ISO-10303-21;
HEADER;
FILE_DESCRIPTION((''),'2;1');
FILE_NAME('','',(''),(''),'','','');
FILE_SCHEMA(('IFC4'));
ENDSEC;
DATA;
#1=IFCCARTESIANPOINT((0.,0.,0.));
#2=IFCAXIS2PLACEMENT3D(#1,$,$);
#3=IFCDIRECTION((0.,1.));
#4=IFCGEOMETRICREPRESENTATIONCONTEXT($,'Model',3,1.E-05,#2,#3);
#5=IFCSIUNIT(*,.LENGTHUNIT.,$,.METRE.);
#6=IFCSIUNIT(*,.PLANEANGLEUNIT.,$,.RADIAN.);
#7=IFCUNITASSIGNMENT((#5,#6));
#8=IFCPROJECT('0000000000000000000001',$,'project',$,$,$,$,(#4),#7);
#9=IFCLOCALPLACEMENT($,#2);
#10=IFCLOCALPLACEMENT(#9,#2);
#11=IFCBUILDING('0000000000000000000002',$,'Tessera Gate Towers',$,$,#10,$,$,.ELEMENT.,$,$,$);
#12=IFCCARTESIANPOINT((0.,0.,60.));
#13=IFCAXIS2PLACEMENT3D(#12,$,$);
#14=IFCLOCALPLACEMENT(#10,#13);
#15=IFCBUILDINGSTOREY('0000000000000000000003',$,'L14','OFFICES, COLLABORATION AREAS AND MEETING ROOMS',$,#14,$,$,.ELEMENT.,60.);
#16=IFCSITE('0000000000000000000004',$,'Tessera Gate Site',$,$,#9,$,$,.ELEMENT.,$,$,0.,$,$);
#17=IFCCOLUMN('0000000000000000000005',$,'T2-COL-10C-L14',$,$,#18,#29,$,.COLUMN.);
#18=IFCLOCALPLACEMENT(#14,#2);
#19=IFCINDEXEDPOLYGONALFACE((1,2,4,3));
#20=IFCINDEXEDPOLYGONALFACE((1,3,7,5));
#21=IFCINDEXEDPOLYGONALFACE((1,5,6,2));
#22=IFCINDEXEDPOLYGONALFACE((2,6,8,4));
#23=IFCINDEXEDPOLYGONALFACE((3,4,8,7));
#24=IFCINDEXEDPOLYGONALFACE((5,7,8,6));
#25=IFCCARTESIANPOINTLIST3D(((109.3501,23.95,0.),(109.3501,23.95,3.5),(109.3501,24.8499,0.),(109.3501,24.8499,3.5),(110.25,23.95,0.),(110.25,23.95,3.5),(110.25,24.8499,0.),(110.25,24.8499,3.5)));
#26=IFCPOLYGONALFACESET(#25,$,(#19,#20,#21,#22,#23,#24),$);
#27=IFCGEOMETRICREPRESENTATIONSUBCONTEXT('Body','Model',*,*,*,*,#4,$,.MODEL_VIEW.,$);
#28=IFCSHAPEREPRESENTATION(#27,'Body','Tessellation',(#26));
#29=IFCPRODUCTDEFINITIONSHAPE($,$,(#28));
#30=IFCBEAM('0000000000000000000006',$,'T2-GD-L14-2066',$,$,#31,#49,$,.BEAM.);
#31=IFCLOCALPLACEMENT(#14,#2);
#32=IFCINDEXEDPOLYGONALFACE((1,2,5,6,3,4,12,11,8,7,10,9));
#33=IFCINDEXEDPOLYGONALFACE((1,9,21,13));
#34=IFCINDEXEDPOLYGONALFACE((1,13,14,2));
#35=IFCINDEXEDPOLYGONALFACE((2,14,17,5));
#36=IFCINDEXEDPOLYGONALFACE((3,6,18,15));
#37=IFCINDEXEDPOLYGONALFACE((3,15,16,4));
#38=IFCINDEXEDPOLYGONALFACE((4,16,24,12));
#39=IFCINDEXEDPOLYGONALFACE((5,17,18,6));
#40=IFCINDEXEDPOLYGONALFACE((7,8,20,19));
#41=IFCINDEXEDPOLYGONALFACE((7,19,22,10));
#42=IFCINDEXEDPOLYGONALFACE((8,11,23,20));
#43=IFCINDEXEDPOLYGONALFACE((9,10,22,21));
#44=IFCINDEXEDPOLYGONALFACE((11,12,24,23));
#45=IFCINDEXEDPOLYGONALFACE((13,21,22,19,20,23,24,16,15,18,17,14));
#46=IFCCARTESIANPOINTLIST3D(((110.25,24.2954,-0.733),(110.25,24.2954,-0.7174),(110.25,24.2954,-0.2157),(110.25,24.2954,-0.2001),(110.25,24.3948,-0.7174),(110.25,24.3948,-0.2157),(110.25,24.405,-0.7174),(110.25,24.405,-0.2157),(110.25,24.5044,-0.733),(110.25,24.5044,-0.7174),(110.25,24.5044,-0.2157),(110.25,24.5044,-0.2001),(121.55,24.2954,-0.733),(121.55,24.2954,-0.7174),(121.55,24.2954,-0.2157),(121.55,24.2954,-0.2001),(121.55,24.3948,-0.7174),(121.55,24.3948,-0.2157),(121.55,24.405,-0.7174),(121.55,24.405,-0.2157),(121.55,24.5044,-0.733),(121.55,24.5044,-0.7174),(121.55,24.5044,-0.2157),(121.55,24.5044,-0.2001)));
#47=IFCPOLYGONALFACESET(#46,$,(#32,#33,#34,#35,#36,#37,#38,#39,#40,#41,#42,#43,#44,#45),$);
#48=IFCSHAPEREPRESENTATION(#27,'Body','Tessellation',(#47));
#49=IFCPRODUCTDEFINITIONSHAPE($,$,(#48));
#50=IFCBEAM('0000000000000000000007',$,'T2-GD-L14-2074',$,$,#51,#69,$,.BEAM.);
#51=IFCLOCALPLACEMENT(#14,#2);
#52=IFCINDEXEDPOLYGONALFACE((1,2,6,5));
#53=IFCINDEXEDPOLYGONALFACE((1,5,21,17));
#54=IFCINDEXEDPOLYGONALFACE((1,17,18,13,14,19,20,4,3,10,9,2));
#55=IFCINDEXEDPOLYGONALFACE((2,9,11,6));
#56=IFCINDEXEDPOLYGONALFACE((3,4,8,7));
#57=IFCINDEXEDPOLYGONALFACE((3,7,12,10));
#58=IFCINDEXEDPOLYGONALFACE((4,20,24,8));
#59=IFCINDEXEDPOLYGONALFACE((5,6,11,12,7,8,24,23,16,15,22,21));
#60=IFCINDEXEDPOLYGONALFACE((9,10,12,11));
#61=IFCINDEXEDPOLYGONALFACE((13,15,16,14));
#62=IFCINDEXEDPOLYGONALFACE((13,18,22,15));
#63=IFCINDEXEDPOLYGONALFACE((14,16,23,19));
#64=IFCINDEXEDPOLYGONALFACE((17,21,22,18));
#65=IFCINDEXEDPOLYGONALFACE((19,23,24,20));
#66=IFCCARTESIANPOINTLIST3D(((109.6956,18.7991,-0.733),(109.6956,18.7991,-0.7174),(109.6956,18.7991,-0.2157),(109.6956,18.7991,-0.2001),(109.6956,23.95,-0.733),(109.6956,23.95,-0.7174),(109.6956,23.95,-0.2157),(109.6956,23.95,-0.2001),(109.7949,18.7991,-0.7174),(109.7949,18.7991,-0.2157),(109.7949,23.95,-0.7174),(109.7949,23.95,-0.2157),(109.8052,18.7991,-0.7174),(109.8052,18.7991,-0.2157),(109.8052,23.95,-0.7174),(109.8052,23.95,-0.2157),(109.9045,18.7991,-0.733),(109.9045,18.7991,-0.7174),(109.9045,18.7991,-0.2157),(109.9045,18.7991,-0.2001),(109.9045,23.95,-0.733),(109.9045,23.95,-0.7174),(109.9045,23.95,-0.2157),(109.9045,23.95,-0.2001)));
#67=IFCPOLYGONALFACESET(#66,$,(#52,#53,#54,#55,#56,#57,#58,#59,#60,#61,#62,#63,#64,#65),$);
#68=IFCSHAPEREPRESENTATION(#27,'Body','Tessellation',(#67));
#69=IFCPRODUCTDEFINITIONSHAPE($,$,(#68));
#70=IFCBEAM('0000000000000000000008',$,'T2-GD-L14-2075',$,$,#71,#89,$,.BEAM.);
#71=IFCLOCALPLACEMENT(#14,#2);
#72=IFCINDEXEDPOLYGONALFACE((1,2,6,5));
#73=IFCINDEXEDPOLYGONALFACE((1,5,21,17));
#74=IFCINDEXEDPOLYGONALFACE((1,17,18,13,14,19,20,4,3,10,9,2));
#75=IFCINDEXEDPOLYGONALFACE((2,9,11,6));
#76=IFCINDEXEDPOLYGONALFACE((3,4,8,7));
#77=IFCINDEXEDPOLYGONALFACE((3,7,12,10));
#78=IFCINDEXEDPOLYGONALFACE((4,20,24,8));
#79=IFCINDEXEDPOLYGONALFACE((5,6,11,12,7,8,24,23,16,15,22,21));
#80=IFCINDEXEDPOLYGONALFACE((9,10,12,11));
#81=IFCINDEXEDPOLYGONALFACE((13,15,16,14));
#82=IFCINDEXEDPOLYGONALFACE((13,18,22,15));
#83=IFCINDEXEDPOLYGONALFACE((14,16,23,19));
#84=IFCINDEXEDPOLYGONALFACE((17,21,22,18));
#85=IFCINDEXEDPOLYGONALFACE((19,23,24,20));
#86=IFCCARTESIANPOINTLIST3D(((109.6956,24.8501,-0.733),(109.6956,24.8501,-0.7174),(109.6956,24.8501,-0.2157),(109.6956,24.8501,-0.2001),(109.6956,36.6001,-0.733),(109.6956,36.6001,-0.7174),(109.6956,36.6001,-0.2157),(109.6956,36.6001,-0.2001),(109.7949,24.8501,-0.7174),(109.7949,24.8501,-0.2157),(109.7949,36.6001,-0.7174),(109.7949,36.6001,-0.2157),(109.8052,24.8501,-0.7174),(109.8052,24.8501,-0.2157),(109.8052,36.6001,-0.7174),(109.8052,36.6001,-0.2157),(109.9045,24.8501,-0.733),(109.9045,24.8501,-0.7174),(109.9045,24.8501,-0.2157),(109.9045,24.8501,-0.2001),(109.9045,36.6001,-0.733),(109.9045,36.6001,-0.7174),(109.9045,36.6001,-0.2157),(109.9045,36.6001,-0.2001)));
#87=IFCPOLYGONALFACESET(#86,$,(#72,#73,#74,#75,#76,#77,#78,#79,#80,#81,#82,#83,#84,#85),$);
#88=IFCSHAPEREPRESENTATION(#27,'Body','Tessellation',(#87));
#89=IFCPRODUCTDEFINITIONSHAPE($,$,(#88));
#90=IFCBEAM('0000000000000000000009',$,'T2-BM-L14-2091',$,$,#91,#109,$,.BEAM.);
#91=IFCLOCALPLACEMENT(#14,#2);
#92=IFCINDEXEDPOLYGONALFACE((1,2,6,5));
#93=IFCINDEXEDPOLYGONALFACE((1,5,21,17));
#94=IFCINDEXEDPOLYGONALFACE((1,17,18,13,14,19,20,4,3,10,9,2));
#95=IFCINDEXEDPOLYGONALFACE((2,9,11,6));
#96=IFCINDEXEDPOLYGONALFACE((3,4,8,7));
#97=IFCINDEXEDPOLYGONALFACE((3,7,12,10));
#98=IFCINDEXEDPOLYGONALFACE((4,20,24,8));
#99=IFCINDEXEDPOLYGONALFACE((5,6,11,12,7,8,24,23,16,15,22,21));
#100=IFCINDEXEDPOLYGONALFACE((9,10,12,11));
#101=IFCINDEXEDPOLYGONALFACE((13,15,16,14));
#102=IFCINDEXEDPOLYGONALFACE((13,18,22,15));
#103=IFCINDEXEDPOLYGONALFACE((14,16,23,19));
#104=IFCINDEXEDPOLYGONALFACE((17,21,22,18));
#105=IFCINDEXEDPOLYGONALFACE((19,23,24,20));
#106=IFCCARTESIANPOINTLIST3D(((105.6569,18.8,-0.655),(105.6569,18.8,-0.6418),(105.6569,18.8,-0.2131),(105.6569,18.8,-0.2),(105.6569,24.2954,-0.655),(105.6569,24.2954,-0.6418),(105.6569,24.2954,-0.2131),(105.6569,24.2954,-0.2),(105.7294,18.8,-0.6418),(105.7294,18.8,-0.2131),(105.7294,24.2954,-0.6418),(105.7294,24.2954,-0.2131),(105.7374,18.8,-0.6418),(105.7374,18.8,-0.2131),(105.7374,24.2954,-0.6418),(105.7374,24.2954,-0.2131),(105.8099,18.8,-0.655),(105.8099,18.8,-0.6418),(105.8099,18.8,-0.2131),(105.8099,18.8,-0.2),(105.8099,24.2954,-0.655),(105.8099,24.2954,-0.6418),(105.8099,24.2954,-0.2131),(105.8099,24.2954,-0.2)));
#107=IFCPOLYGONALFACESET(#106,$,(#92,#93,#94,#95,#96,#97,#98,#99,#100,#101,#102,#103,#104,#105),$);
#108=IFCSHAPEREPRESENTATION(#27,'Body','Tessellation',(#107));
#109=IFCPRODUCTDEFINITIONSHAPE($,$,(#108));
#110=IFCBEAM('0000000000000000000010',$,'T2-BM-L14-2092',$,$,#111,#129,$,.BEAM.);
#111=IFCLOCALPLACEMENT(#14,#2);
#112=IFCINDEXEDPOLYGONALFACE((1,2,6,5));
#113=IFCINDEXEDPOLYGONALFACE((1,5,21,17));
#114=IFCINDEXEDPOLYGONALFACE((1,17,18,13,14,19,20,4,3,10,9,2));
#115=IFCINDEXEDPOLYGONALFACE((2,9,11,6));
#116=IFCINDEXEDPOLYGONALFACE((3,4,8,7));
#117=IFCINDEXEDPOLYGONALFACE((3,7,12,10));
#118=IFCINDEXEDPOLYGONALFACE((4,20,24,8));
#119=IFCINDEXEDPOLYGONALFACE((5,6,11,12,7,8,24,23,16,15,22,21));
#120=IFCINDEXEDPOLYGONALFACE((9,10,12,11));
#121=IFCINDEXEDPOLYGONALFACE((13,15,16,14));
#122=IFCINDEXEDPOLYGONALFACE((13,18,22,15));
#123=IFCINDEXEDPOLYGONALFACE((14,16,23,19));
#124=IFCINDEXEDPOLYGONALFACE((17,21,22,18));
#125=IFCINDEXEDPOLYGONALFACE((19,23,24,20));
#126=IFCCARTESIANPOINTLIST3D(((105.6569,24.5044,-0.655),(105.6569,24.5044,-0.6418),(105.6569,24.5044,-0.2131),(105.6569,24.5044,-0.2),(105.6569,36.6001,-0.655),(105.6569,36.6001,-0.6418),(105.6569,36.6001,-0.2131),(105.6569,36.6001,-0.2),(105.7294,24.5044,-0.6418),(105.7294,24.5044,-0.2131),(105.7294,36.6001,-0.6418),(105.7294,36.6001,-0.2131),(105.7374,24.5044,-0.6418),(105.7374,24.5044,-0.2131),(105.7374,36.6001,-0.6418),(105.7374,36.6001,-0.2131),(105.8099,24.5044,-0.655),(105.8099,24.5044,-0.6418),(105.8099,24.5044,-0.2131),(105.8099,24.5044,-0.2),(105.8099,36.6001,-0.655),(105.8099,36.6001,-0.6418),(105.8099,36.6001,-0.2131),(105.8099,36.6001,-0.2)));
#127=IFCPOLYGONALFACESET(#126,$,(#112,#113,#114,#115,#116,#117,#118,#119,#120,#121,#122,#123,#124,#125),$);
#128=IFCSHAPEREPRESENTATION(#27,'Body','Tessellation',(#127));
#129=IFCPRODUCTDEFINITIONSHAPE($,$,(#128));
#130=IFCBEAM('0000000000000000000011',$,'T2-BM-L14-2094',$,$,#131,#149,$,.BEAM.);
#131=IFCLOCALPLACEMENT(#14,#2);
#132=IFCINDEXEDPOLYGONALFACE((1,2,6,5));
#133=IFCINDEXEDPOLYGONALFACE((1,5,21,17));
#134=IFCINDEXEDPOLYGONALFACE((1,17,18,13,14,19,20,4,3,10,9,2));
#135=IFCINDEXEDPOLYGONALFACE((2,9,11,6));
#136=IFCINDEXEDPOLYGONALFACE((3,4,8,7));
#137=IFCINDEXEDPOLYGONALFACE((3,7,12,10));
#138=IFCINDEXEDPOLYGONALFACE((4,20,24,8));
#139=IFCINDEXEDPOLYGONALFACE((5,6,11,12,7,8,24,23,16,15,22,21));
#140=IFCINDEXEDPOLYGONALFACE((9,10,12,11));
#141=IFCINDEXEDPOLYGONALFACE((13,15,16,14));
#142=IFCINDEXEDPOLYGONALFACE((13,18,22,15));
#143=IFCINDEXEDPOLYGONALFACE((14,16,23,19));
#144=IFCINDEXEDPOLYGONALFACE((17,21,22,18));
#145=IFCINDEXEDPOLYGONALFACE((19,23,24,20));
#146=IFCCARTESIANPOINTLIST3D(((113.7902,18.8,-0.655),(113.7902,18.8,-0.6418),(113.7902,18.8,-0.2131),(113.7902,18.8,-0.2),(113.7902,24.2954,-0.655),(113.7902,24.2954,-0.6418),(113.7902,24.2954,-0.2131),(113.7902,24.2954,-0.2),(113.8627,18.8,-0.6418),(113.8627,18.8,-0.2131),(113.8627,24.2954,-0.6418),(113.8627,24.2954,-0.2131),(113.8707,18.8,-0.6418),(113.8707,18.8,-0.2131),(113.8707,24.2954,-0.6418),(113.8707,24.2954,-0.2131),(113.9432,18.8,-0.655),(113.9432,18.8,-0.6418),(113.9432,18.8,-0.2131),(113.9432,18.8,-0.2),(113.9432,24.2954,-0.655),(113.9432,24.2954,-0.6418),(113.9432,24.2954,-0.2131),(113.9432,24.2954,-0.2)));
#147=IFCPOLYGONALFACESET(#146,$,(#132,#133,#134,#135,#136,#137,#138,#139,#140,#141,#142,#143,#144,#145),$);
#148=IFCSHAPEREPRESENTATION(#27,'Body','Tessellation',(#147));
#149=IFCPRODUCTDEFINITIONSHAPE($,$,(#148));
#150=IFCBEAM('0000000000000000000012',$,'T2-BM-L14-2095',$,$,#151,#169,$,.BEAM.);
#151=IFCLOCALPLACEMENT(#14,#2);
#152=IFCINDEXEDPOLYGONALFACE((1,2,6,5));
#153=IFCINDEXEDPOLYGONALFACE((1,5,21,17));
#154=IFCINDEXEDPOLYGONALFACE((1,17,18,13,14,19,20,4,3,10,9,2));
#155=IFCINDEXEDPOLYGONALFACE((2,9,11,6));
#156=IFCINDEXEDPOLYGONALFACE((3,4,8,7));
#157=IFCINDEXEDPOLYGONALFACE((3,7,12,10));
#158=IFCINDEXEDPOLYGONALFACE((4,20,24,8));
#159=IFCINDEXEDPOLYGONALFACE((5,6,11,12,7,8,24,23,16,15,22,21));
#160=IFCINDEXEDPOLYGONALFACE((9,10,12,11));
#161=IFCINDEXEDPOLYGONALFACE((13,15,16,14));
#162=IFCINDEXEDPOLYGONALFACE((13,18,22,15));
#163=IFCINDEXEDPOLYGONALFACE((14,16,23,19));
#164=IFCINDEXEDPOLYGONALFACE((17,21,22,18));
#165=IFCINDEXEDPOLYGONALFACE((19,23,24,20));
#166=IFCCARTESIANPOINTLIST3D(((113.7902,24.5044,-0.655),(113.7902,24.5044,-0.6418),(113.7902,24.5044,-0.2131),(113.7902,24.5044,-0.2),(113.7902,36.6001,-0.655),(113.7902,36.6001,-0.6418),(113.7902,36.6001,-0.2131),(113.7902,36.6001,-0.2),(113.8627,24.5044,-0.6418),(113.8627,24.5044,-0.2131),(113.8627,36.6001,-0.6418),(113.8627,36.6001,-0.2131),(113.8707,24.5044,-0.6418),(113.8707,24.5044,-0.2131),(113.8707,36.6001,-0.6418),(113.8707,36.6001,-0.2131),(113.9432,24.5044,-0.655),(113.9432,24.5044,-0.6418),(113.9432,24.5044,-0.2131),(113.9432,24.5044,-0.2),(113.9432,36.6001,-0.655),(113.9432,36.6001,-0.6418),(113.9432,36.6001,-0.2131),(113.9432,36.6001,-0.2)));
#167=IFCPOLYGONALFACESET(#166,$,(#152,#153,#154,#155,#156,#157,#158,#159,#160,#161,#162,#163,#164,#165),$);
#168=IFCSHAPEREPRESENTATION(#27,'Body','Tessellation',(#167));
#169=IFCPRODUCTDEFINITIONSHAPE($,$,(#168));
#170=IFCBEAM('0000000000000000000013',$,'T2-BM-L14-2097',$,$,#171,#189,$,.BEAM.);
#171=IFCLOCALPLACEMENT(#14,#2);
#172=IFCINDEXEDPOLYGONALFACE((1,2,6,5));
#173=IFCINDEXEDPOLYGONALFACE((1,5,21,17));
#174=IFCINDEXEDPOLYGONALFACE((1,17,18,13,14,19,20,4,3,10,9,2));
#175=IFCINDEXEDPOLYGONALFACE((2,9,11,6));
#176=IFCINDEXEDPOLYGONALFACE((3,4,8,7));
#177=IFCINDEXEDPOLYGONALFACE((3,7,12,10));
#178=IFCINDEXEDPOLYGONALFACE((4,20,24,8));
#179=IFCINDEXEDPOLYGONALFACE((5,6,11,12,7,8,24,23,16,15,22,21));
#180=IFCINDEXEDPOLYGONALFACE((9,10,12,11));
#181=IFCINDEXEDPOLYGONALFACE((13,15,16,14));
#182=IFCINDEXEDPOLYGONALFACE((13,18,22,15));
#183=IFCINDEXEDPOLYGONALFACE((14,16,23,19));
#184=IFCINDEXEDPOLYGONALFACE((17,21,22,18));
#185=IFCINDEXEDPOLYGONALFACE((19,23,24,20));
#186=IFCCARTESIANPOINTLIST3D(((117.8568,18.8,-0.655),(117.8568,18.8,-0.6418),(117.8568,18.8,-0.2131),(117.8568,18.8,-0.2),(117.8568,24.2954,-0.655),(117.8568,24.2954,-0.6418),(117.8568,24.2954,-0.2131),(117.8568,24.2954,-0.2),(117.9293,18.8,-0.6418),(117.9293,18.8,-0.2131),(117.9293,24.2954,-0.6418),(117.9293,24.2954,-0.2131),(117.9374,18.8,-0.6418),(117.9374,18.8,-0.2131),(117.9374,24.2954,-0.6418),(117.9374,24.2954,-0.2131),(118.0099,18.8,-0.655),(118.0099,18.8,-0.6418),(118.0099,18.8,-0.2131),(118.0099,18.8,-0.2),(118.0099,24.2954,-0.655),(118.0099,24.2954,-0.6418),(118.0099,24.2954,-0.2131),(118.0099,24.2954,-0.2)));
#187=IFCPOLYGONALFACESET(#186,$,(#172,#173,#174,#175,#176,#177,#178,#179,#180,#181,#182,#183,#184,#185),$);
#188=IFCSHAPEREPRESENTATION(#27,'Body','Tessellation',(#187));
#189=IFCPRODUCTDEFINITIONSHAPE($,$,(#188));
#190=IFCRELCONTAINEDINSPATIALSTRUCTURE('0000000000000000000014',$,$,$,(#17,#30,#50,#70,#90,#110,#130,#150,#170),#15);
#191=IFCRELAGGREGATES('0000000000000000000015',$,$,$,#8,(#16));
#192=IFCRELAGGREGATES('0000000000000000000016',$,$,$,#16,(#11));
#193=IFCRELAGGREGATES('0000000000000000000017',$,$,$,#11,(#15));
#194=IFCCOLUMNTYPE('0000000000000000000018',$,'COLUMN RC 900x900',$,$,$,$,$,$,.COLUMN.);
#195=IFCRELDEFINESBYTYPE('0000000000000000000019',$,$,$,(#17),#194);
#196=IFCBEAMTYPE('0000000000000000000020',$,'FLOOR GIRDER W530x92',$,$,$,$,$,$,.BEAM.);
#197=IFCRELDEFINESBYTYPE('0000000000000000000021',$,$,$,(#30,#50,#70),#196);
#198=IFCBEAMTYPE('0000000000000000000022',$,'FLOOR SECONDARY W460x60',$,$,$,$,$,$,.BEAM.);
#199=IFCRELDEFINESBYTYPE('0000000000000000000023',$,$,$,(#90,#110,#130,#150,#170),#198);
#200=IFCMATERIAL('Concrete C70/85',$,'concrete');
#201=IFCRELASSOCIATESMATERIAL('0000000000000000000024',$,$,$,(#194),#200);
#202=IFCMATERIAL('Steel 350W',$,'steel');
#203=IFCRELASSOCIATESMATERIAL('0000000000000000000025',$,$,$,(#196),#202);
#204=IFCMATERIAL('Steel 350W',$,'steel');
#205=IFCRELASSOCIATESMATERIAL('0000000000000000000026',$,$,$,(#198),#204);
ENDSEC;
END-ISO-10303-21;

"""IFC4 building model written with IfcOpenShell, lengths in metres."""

from ifc_helpers import new_model, si_unit, direction, frame, origin, origin_2d, place, context, subcontext, project, spatial, rectangle, i_section, extrude, material, material_profile, profile_set, type_object, element, save


model = new_model("IFC4")

# Units and contexts
model_context = context("Model", 3, precision=1e-05, world=origin(), true_north=direction((0.0, 1.0)))
body_context = subcontext(model_context, "Body", "Model", "MODEL_VIEW")
ifc_project = project(units=[si_unit("LENGTHUNIT", "METRE"), si_unit("PLANEANGLEUNIT", "RADIAN")], contexts=[model_context])

# Site, building, storey
site_placement = place(None, origin())
site = spatial("IfcSite", under=ifc_project, at=site_placement, Name="Tessera Gate Site", CompositionType="ELEMENT", RefElevation=0.0)
building_placement = place(site_placement, origin())
building = spatial("IfcBuilding", under=site, at=building_placement, Name="Tessera Gate Towers", CompositionType="ELEMENT")
storey_placement = place(building_placement, frame((0.0, 0.0, 60.0)))
storey = spatial("IfcBuildingStorey", under=building, at=storey_placement, Name="L14", Description="OFFICES, COLLABORATION AREAS AND MEETING ROOMS", CompositionType="ELEMENT", Elevation=60.0)

# Column
ifc_material_1 = material(Name="Concrete C70/85", Category="concrete")
ifc_material_profile_1 = material_profile(ifc_material_1, rectangle(XDim=0.8999, YDim=0.8999, at=origin_2d()), Name="RC 900x900")
ifc_profile_set_1 = profile_set([ifc_material_profile_1], Name="Concrete C70/85")
column_type = type_object("IfcColumnType", Name="COLUMN RC 900x900", PredefinedType="COLUMN", material=ifc_profile_set_1)
column_placement = place(storey_placement, frame((109.8, 24.3999, 0.0), z_axis=(0.0, 0.0, 1.0), x_axis=(1.0, 0.0, 0.0)))
element("IfcColumn", 1, at=column_placement, inside=storey, type_object=column_type, Name="T2-COL-10C-L14", PredefinedType="COLUMN", context=body_context, shape_type="SweptSolid", body=[
    extrude(rectangle(XDim=0.8999, YDim=0.8999, at=origin_2d()), origin(), (0.0, 0.0, 1.0), 3.5),
])

# Beams
ifc_material_2 = material(Name="Steel 350W", Category="steel")
ifc_material_profile_2 = material_profile(ifc_material_2, i_section(OverallWidth=0.209, OverallDepth=0.533, WebThickness=0.0103, FlangeThickness=0.0156, at=origin_2d()), Name="W530x92")
ifc_profile_set_2 = profile_set([ifc_material_profile_2], Name="Steel 350W")
beam_type_1 = type_object("IfcBeamType", Name="FLOOR GIRDER W530x92", PredefinedType="BEAM", material=ifc_profile_set_2)
beam_1_placement = place(storey_placement, frame((110.25, 24.3999, -0.4666), z_axis=(1.0, 0.0, 0.0), x_axis=(0.0, 1.0, 0.0)))
element("IfcBeam", 2, at=beam_1_placement, inside=storey, type_object=beam_type_1, Name="T2-GD-L14-2066", PredefinedType="BEAM", context=body_context, shape_type="SweptSolid", body=[
    extrude(i_section(OverallWidth=0.209, OverallDepth=0.533, WebThickness=0.0103, FlangeThickness=0.0156, at=origin_2d()), origin(), (0.0, 0.0, 1.0), 11.3),
])
beam_2_placement = place(storey_placement, frame((109.8, 18.7991, -0.4666), z_axis=(0.0, 1.0, 0.0), x_axis=(-1.0, 0.0, 0.0)))
element("IfcBeam", 3, at=beam_2_placement, inside=storey, type_object=beam_type_1, Name="T2-GD-L14-2074", PredefinedType="BEAM", context=body_context, shape_type="SweptSolid", body=[
    extrude(i_section(OverallWidth=0.209, OverallDepth=0.533, WebThickness=0.0103, FlangeThickness=0.0156, at=origin_2d()), origin(), (0.0, 0.0, 1.0), 5.1509),
])
beam_3_placement = place(storey_placement, frame((109.8, 24.8501, -0.4666), z_axis=(0.0, 1.0, 0.0), x_axis=(-1.0, 0.0, 0.0)))
element("IfcBeam", 4, at=beam_3_placement, inside=storey, type_object=beam_type_1, Name="T2-GD-L14-2075", PredefinedType="BEAM", context=body_context, shape_type="SweptSolid", body=[
    extrude(i_section(OverallWidth=0.209, OverallDepth=0.533, WebThickness=0.0103, FlangeThickness=0.0156, at=origin_2d()), origin(), (0.0, 0.0, 1.0), 11.75),
])
ifc_material_3 = material(Name="Steel 350W", Category="steel")
ifc_material_profile_3 = material_profile(ifc_material_3, i_section(OverallWidth=0.1531, OverallDepth=0.4551, WebThickness=0.0081, FlangeThickness=0.0132, at=origin_2d()), Name="W460x60")
ifc_profile_set_3 = profile_set([ifc_material_profile_3], Name="Steel 350W")
beam_type_2 = type_object("IfcBeamType", Name="FLOOR SECONDARY W460x60", PredefinedType="BEAM", material=ifc_profile_set_3)
beam_4_placement = place(storey_placement, frame((105.7334, 18.8, -0.4275), z_axis=(0.0, 1.0, 0.0), x_axis=(-1.0, 0.0, 0.0)))
element("IfcBeam", 5, at=beam_4_placement, inside=storey, type_object=beam_type_2, Name="T2-BM-L14-2091", PredefinedType="BEAM", context=body_context, shape_type="SweptSolid", body=[
    extrude(i_section(OverallWidth=0.1531, OverallDepth=0.4551, WebThickness=0.0081, FlangeThickness=0.0132, at=origin_2d()), origin(), (0.0, 0.0, 1.0), 5.4954),
])
beam_5_placement = place(storey_placement, frame((105.7334, 24.5044, -0.4275), z_axis=(0.0, 1.0, 0.0), x_axis=(-1.0, 0.0, 0.0)))
element("IfcBeam", 6, at=beam_5_placement, inside=storey, type_object=beam_type_2, Name="T2-BM-L14-2092", PredefinedType="BEAM", context=body_context, shape_type="SweptSolid", body=[
    extrude(i_section(OverallWidth=0.1531, OverallDepth=0.4551, WebThickness=0.0081, FlangeThickness=0.0132, at=origin_2d()), origin(), (0.0, 0.0, 1.0), 12.0957),
])
beam_6_placement = place(storey_placement, frame((113.8667, 18.8, -0.4275), z_axis=(0.0, 1.0, 0.0), x_axis=(-1.0, 0.0, 0.0)))
element("IfcBeam", 7, at=beam_6_placement, inside=storey, type_object=beam_type_2, Name="T2-BM-L14-2094", PredefinedType="BEAM", context=body_context, shape_type="SweptSolid", body=[
    extrude(i_section(OverallWidth=0.1531, OverallDepth=0.4551, WebThickness=0.0081, FlangeThickness=0.0132, at=origin_2d()), origin(), (0.0, 0.0, 1.0), 5.4954),
])
beam_7_placement = place(storey_placement, frame((113.8667, 24.5044, -0.4275), z_axis=(0.0, 1.0, 0.0), x_axis=(-1.0, 0.0, 0.0)))
element("IfcBeam", 8, at=beam_7_placement, inside=storey, type_object=beam_type_2, Name="T2-BM-L14-2095", PredefinedType="BEAM", context=body_context, shape_type="SweptSolid", body=[
    extrude(i_section(OverallWidth=0.1531, OverallDepth=0.4551, WebThickness=0.0081, FlangeThickness=0.0132, at=origin_2d()), origin(), (0.0, 0.0, 1.0), 12.0957),
])
beam_8_placement = place(storey_placement, frame((117.9333, 18.8, -0.4275), z_axis=(0.0, 1.0, 0.0), x_axis=(-1.0, 0.0, 0.0)))
element("IfcBeam", 9, at=beam_8_placement, inside=storey, type_object=beam_type_2, Name="T2-BM-L14-2097", PredefinedType="BEAM", context=body_context, shape_type="SweptSolid", body=[
    extrude(i_section(OverallWidth=0.1531, OverallDepth=0.4551, WebThickness=0.0081, FlangeThickness=0.0132, at=origin_2d()), origin(), (0.0, 0.0, 1.0), 5.4954),
])

save(model, "model.ifc")
